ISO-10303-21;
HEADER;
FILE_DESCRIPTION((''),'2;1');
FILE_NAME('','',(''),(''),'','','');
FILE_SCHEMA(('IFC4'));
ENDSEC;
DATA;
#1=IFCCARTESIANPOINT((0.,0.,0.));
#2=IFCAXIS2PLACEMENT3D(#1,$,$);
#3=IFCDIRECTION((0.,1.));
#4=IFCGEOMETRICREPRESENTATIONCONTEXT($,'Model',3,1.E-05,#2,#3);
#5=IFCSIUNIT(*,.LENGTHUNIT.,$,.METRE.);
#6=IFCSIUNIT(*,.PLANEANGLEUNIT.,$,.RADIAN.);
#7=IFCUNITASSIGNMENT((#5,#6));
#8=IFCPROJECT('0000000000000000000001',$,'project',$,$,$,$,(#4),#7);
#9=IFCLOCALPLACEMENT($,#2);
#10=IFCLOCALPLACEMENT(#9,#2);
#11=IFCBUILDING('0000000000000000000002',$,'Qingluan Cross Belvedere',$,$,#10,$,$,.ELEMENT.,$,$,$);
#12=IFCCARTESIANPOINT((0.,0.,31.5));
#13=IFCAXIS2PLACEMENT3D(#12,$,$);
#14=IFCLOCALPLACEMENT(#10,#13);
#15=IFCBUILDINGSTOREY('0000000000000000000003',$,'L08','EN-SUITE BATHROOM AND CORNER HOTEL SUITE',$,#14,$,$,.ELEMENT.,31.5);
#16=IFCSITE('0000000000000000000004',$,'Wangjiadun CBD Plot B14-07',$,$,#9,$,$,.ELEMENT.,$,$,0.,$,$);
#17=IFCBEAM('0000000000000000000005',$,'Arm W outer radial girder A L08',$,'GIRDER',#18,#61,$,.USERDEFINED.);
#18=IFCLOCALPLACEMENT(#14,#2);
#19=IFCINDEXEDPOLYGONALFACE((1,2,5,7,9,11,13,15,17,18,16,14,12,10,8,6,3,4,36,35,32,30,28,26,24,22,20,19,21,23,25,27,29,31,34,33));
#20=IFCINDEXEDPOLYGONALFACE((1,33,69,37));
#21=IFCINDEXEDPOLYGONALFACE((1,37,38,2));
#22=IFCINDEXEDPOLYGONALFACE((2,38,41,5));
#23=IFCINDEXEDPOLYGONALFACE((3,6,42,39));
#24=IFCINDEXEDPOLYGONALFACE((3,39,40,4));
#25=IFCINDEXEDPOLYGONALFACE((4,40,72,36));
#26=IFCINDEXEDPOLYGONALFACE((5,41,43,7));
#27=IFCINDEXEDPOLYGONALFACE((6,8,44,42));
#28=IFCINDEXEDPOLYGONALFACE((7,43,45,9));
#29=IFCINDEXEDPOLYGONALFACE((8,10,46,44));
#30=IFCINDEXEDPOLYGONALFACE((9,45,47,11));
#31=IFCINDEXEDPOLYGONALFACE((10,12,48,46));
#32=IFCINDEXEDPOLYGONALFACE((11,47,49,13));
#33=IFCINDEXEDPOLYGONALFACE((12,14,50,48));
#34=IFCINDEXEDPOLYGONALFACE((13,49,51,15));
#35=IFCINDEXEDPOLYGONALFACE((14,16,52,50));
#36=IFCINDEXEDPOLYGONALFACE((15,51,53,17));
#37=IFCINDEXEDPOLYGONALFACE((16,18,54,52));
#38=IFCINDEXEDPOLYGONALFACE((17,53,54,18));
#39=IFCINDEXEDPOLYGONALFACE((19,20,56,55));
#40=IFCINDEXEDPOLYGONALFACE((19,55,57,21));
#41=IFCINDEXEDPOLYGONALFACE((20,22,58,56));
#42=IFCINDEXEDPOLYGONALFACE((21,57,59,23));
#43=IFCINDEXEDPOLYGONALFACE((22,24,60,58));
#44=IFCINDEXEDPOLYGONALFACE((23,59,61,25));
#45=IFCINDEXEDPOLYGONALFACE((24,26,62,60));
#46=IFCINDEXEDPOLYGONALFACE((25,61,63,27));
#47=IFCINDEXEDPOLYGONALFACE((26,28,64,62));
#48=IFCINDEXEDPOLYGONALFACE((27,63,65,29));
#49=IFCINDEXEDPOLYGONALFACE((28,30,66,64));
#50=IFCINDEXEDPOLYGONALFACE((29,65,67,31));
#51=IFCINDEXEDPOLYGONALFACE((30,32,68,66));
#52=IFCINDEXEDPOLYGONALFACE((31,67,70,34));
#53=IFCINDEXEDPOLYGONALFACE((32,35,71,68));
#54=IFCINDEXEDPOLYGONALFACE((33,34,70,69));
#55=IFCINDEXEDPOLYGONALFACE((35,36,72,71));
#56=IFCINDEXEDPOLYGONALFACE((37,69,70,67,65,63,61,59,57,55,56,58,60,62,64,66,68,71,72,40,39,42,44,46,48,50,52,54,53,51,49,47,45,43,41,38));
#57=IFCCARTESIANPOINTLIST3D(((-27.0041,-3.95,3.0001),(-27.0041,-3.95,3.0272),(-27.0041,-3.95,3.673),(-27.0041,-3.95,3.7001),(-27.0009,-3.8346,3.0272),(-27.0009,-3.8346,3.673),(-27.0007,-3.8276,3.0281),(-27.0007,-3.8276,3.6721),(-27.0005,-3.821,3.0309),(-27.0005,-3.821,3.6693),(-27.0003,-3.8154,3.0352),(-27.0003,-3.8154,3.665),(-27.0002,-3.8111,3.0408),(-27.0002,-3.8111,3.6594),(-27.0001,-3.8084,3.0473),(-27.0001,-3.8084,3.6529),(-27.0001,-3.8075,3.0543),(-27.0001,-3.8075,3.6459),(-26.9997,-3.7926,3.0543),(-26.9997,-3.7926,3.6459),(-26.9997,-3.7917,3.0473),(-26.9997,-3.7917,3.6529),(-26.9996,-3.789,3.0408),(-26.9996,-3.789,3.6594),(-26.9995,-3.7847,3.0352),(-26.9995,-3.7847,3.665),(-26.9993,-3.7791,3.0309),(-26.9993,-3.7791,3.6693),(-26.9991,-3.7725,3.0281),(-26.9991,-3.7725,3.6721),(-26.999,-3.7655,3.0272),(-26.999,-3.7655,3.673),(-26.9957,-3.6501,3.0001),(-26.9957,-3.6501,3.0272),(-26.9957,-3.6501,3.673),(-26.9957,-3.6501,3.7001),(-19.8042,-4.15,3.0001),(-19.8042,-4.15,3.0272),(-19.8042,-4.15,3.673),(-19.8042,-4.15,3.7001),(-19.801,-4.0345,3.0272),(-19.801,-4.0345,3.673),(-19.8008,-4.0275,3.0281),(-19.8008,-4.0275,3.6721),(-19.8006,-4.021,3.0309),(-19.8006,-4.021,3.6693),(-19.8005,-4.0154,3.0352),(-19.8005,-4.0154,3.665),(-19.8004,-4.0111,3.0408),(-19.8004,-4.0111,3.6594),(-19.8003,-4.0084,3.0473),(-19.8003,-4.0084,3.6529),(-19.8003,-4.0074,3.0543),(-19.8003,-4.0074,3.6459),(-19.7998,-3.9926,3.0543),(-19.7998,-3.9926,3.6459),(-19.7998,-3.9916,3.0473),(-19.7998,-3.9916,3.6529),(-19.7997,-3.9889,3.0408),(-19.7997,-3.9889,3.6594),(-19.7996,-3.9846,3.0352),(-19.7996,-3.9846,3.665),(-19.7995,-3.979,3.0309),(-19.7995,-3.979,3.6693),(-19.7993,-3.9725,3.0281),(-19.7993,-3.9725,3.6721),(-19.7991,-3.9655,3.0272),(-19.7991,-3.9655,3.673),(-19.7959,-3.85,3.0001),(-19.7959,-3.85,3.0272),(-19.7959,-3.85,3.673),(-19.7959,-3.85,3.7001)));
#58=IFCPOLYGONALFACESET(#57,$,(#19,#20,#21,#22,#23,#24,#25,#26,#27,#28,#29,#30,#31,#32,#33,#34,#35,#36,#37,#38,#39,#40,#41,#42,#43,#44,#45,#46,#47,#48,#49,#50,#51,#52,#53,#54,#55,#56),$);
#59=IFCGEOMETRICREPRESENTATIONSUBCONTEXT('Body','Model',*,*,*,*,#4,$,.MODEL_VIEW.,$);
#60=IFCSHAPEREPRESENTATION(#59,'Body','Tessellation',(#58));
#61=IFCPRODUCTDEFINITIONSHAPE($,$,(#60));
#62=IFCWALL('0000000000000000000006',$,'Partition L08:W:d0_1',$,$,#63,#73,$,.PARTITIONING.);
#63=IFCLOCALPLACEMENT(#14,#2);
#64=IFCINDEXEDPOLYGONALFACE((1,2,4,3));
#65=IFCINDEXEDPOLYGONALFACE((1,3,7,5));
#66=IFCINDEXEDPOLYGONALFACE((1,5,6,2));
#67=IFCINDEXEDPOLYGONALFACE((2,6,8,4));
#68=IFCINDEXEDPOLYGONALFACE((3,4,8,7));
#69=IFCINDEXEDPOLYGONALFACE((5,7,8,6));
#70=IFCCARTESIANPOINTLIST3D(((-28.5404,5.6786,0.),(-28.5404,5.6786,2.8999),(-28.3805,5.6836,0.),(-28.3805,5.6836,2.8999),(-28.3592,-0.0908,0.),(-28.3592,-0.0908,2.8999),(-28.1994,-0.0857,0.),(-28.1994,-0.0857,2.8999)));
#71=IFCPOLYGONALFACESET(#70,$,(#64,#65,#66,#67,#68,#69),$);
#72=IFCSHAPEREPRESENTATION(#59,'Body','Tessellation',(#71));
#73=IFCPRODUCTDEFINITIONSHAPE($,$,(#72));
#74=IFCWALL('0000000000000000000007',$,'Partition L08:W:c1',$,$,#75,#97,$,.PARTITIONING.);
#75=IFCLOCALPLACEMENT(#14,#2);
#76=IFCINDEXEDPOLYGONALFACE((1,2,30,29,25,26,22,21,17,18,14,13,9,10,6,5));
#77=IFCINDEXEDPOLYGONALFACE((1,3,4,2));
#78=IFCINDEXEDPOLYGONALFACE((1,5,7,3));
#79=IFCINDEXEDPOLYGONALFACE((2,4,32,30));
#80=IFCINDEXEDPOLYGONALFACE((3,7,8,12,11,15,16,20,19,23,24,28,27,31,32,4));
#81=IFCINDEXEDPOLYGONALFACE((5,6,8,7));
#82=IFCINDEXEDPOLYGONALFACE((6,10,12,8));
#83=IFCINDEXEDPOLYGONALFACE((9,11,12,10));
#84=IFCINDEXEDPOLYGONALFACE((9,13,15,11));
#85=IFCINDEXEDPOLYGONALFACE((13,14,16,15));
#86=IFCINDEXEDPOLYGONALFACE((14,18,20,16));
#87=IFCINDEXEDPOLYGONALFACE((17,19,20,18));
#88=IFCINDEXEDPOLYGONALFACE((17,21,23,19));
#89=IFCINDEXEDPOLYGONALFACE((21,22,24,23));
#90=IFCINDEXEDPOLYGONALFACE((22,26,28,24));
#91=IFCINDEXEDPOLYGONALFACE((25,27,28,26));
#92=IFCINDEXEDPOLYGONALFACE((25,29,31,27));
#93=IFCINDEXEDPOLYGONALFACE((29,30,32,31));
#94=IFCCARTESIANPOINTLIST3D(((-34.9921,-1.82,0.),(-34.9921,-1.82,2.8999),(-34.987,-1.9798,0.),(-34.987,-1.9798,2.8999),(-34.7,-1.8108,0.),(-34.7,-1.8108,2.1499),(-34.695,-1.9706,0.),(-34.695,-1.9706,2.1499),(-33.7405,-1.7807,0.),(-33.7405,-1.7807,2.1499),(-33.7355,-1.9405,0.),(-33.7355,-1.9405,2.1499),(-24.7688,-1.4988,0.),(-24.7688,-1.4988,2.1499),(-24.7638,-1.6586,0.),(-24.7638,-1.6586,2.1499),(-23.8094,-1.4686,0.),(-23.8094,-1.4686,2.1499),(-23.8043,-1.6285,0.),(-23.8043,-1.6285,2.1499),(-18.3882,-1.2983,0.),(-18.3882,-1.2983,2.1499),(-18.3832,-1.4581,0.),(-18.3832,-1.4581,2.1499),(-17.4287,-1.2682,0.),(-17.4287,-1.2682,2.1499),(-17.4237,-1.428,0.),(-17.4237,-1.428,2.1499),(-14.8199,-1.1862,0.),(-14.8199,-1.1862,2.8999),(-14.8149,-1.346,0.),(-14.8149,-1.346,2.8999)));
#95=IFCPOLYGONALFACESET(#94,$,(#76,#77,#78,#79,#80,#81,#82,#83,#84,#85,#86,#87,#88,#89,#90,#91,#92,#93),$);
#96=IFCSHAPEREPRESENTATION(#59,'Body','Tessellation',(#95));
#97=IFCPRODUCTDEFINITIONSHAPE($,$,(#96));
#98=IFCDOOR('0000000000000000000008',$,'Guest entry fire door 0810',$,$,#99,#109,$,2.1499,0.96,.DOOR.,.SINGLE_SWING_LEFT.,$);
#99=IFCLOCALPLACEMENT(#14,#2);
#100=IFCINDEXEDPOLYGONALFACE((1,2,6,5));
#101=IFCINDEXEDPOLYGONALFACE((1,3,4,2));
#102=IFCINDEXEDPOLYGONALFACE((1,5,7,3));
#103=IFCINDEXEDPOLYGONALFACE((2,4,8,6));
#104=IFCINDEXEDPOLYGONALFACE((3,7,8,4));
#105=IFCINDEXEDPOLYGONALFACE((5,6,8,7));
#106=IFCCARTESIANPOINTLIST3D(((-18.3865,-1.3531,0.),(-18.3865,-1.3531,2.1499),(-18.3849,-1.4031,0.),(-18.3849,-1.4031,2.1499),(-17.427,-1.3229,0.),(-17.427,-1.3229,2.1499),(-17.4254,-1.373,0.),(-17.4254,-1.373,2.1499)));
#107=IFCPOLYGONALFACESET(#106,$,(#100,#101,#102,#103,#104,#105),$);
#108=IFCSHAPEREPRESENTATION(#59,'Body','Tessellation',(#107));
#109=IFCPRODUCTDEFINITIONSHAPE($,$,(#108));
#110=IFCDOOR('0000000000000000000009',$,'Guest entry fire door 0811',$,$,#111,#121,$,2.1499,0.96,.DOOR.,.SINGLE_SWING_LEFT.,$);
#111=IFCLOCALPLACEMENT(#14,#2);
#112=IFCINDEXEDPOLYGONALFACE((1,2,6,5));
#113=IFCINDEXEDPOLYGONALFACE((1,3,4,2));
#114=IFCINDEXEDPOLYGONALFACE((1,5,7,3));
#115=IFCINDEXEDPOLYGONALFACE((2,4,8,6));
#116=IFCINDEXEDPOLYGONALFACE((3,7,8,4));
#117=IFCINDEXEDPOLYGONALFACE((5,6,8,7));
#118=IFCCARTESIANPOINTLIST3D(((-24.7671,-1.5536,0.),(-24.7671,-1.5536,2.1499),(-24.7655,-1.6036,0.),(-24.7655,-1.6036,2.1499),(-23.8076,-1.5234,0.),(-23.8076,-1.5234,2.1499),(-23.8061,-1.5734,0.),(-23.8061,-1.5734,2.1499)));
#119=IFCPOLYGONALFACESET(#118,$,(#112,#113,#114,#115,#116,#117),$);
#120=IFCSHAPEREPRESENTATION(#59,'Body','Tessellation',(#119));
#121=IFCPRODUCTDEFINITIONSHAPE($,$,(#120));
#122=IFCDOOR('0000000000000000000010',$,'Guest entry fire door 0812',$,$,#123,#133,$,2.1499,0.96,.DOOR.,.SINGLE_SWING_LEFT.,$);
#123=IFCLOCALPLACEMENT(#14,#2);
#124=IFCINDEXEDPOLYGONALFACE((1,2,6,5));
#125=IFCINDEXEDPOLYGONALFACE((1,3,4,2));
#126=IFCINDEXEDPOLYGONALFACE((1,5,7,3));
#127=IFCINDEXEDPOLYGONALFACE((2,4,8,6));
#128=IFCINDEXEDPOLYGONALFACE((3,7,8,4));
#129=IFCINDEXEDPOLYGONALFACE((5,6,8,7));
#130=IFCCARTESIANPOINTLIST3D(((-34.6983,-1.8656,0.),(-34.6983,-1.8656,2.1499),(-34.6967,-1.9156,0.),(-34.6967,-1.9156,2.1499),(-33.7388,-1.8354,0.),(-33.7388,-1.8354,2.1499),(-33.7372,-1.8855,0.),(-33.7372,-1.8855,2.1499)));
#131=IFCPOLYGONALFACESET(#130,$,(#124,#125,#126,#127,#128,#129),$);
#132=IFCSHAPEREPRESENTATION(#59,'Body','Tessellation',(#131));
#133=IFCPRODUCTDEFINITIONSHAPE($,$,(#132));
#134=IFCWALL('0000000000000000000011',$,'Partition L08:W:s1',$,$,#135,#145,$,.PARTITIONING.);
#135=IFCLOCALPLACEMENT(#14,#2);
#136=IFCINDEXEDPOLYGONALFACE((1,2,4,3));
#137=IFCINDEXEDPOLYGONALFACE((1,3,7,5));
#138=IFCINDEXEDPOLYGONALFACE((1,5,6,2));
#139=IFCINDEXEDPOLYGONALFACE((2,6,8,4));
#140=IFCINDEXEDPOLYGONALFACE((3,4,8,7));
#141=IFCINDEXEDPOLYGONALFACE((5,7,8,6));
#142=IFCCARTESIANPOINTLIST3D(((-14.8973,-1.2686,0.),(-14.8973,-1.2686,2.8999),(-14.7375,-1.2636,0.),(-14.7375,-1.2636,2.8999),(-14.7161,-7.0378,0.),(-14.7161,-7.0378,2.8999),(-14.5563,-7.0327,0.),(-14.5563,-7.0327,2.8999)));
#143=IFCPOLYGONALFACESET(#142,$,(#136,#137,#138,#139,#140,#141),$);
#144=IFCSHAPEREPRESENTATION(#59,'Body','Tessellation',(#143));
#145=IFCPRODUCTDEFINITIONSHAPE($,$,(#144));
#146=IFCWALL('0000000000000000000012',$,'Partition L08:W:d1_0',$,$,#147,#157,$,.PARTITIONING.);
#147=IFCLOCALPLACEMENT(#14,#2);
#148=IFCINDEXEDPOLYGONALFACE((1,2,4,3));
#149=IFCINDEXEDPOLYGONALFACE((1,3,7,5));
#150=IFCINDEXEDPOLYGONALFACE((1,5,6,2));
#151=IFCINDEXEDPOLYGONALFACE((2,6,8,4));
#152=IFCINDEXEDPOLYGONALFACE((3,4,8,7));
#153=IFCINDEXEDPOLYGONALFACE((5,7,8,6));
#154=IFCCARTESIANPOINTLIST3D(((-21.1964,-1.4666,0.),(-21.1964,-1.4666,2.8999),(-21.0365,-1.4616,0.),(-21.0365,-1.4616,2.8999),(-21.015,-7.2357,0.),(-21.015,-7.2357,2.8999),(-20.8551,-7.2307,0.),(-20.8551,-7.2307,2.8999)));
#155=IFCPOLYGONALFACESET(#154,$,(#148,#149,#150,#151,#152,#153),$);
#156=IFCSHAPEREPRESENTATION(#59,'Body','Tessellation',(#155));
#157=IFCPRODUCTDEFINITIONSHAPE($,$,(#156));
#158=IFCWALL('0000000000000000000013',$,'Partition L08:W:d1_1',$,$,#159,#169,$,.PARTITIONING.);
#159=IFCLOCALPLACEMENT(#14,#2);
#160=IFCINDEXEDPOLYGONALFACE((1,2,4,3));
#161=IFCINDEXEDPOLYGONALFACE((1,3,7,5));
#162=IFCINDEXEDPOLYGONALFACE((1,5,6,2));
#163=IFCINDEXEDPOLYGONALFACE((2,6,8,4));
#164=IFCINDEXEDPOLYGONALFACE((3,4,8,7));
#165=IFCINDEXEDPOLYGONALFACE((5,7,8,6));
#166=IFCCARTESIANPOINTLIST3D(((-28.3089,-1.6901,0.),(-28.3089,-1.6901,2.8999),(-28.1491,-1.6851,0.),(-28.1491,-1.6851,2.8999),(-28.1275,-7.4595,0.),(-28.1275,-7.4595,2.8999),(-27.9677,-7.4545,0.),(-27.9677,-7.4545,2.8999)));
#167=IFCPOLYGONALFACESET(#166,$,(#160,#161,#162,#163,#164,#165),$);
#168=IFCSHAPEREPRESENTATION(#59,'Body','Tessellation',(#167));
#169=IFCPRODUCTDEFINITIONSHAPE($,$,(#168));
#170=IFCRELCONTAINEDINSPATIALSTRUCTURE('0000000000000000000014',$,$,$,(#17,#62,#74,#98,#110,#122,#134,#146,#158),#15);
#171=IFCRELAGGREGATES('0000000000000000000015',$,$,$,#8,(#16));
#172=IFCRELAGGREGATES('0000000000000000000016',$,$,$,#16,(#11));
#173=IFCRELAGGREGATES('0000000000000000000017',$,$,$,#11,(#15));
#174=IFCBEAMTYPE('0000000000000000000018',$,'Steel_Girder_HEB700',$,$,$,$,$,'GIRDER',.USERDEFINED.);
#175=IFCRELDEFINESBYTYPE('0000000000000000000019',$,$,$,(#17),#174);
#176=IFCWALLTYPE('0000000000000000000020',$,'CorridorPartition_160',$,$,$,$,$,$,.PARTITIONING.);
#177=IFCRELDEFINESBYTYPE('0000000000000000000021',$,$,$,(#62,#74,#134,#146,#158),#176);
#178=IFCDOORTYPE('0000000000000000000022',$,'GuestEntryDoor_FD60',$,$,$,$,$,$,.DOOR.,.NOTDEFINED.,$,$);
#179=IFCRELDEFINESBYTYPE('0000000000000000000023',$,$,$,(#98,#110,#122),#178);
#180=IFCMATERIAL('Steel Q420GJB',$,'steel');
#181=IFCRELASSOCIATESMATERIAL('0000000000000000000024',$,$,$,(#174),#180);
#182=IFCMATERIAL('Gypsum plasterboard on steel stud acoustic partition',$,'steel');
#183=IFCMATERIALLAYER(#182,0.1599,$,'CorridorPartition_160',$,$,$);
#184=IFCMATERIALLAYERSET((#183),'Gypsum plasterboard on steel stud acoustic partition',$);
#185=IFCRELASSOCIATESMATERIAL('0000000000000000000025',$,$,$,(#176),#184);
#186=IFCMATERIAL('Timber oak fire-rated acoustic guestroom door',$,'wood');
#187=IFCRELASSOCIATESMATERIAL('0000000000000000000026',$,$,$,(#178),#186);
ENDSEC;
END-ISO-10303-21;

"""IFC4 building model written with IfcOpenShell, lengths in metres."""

from ifc_helpers import new_model, si_unit, direction, frame, frame_2d, origin, origin_2d, place, context, subcontext, project, spatial, rectangle, i_section, extrude, material, layer, layer_set, material_profile, profile_set, type_object, element, fill, save


model = new_model("IFC4")

# Units and contexts
model_context = context("Model", 3, precision=1e-05, world=origin(), true_north=direction((0.0, 1.0)))
body_context = subcontext(model_context, "Body", "Model", "MODEL_VIEW")
ifc_project = project(units=[si_unit("LENGTHUNIT", "METRE"), si_unit("PLANEANGLEUNIT", "RADIAN")], contexts=[model_context])

# Site, building, storey
site_placement = place(None, origin())
site = spatial("IfcSite", under=ifc_project, at=site_placement, Name="Wangjiadun CBD Plot B14-07", CompositionType="ELEMENT", RefElevation=0.0)
building_placement = place(site_placement, origin())
building = spatial("IfcBuilding", under=site, at=building_placement, Name="Qingluan Cross Belvedere", CompositionType="ELEMENT")
storey_placement = place(building_placement, frame((0.0, 0.0, 31.5)))
storey = spatial("IfcBuildingStorey", under=building, at=storey_placement, Name="L08", Description="EN-SUITE BATHROOM AND CORNER HOTEL SUITE", CompositionType="ELEMENT", Elevation=31.5)

# Beam
ifc_material_1 = material(Name="Steel Q420GJB", Category="steel")
ifc_material_profile_1 = material_profile(ifc_material_1, i_section(OverallWidth=0.3, OverallDepth=0.7, WebThickness=0.0149, FlangeThickness=0.0271, FilletRadius=0.0271, at=origin_2d()), Name="HEB700")
ifc_profile_set_1 = profile_set([ifc_material_profile_1], Name="Steel Q420GJB")
beam_type_1 = type_object("IfcBeamType", Name="Steel_Girder_HEB700", ElementType="GIRDER", PredefinedType="USERDEFINED", material=ifc_profile_set_1)
beam_1_placement = place(storey_placement, frame((-19.8, -4.0, 3.3501), z_axis=(-0.999615, 0.02776, 0.0), x_axis=(-0.02776, -0.999615, 0.0)))
element("IfcBeam", 1, at=beam_1_placement, inside=storey, type_object=beam_type_1, Name="Arm W outer radial girder A L08", ObjectType="GIRDER", PredefinedType="USERDEFINED", context=body_context, shape_type="SweptSolid", body=[
    extrude(i_section(OverallWidth=0.3, OverallDepth=0.7, WebThickness=0.0149, FlangeThickness=0.0271, FilletRadius=0.0271, at=origin_2d()), origin(), (0.0, 0.0, 1.0), 7.2026),
])

# Wall
ifc_material_2 = material(Name="Gypsum plasterboard on steel stud acoustic partition", Category="steel")
ifc_layer_1 = layer(ifc_material_2, 0.1599, Name="CorridorPartition_160")
ifc_layer_set_1 = layer_set([ifc_layer_1], Name="Gypsum plasterboard on steel stud acoustic partition")
wall_type_1 = type_object("IfcWallType", Name="CorridorPartition_160", PredefinedType="PARTITIONING", material=ifc_layer_set_1)
wall_1_placement = place(storey_placement, frame((-28.2793, -0.0884, 0.0), z_axis=(0.0, 0.0, 1.0), x_axis=(-0.031384, 0.999507, 0.0)))
element("IfcWall", 2, at=wall_1_placement, inside=storey, type_object=wall_type_1, Name="Partition L08:W:d0_1", PredefinedType="PARTITIONING", context=body_context, shape_type="SweptSolid", body=[
    extrude(rectangle(XDim=5.7722, YDim=0.1599, at=frame_2d((2.8862, 0.0))), origin(), (0.0, 0.0, 1.0), 2.8999),
])

# Wall, openings, doors
wall_2_placement = place(storey_placement, frame((-14.8174, -1.2661, 0.0), z_axis=(0.0, 0.0, 1.0), x_axis=(-0.999507, -0.031404, 0.0)))
wall_2 = element("IfcWall", 3, at=wall_2_placement, inside=storey, type_object=wall_type_1, Name="Partition L08:W:c1", PredefinedType="PARTITIONING", context=body_context, shape_type="SweptSolid", body=[
    extrude(rectangle(XDim=20.1821, YDim=0.1599, at=frame_2d((10.0911, 0.0))), origin(), (0.0, 0.0, 1.0), 2.8999),
])
opening_1_placement = place(wall_2_placement, frame((2.6101, 0.0, 0.0)))
opening_1 = element("IfcOpeningElement", 4, at=opening_1_placement, cuts=wall_2, PredefinedType="OPENING", context=body_context, shape_type="SweptSolid", body=[
    extrude(rectangle(XDim=0.96, YDim=2.1499, at=frame_2d((0.48, 1.075))), frame((0.0, 0.0898, 0.0), z_axis=(0.0, -1.0, 0.0), x_axis=(1.0, 0.0, 0.0)), (0.0, 0.0, 1.0), 0.1799),
])
opening_2_placement = place(wall_2_placement, frame((8.9939, 0.0, 0.0)))
opening_2 = element("IfcOpeningElement", 5, at=opening_2_placement, cuts=wall_2, PredefinedType="OPENING", context=body_context, shape_type="SweptSolid", body=[
    extrude(rectangle(XDim=0.96, YDim=2.1499, at=frame_2d((0.48, 1.075))), frame((0.0, 0.0898, 0.0), z_axis=(0.0, -1.0, 0.0), x_axis=(1.0, 0.0, 0.0)), (0.0, 0.0, 1.0), 0.1799),
])
opening_3_placement = place(wall_2_placement, frame((18.9299, 0.0, 0.0)))
opening_3 = element("IfcOpeningElement", 6, at=opening_3_placement, cuts=wall_2, PredefinedType="OPENING", context=body_context, shape_type="SweptSolid", body=[
    extrude(rectangle(XDim=0.96, YDim=2.1499, at=frame_2d((0.48, 1.075))), frame((0.0, 0.0898, 0.0), z_axis=(0.0, -1.0, 0.0), x_axis=(1.0, 0.0, 0.0)), (0.0, 0.0, 1.0), 0.1799),
])
ifc_material_3 = material(Name="Timber oak fire-rated acoustic guestroom door", Category="wood")
door_type_1 = type_object("IfcDoorType", Name="GuestEntryDoor_FD60", OperationType="NOTDEFINED", PredefinedType="DOOR", material=ifc_material_3)
door_1_placement = place(opening_1_placement, origin())
door_1 = element("IfcDoor", 7, at=door_1_placement, inside=storey, type_object=door_type_1, Name="Guest entry fire door 0810", OperationType="SINGLE_SWING_LEFT", OverallHeight=2.1499, OverallWidth=0.96, PredefinedType="DOOR", context=body_context, shape_type="SweptSolid", body=[
    extrude(rectangle(XDim=0.96, YDim=2.1499, at=frame_2d((0.48, 1.075))), frame((0.0, 0.0249, 0.0), z_axis=(0.0, -1.0, 0.0), x_axis=(1.0, 0.0, 0.0)), (0.0, 0.0, 1.0), 0.05),
])
fill(opening_1, door_1)
door_2_placement = place(opening_2_placement, origin())
door_2 = element("IfcDoor", 8, at=door_2_placement, inside=storey, type_object=door_type_1, Name="Guest entry fire door 0811", OperationType="SINGLE_SWING_LEFT", OverallHeight=2.1499, OverallWidth=0.96, PredefinedType="DOOR", context=body_context, shape_type="SweptSolid", body=[
    extrude(rectangle(XDim=0.96, YDim=2.1499, at=frame_2d((0.48, 1.075))), frame((0.0, 0.0249, 0.0), z_axis=(0.0, -1.0, 0.0), x_axis=(1.0, 0.0, 0.0)), (0.0, 0.0, 1.0), 0.05),
])
fill(opening_2, door_2)
door_3_placement = place(opening_3_placement, origin())
door_3 = element("IfcDoor", 9, at=door_3_placement, inside=storey, type_object=door_type_1, Name="Guest entry fire door 0812", OperationType="SINGLE_SWING_LEFT", OverallHeight=2.1499, OverallWidth=0.96, PredefinedType="DOOR", context=body_context, shape_type="SweptSolid", body=[
    extrude(rectangle(XDim=0.96, YDim=2.1499, at=frame_2d((0.48, 1.075))), frame((0.0, 0.0249, 0.0), z_axis=(0.0, -1.0, 0.0), x_axis=(1.0, 0.0, 0.0)), (0.0, 0.0, 1.0), 0.05),
])
fill(opening_3, door_3)

# Walls
for number, where, z_axis, x_axis, name in (
    (10, (-14.8174, -1.2661, 0.0), (0.0, 0.0, 1.0), (0.031385, -0.999507, 0.0), "Partition L08:W:s1"),
    (11, (-21.1165, -1.4641, 0.0), (0.0, 0.0, 1.0), (0.031428, -0.999506, 0.0), "Partition L08:W:d1_0"),
):
    element("IfcWall", number, at=place(storey_placement, frame(where, z_axis=z_axis, x_axis=x_axis)), inside=storey, type_object=wall_type_1, Name=name, PredefinedType="PARTITIONING", context=body_context, shape_type="SweptSolid", body=[
        extrude(rectangle(XDim=5.772, YDim=0.1599, at=frame_2d((2.886, 0.0))), origin(), (0.0, 0.0, 1.0), 2.8999),
    ])
wall_3_placement = place(storey_placement, frame((-28.229, -1.6875, 0.0), z_axis=(0.0, 0.0, 1.0), x_axis=(0.031426, -0.999506, 0.0)))
element("IfcWall", 12, at=wall_3_placement, inside=storey, type_object=wall_type_1, Name="Partition L08:W:d1_1", PredefinedType="PARTITIONING", context=body_context, shape_type="SweptSolid", body=[
    extrude(rectangle(XDim=5.7722, YDim=0.1599, at=frame_2d((2.8862, 0.0))), origin(), (0.0, 0.0, 1.0), 2.8999),
])

save(model, "model.ifc")
